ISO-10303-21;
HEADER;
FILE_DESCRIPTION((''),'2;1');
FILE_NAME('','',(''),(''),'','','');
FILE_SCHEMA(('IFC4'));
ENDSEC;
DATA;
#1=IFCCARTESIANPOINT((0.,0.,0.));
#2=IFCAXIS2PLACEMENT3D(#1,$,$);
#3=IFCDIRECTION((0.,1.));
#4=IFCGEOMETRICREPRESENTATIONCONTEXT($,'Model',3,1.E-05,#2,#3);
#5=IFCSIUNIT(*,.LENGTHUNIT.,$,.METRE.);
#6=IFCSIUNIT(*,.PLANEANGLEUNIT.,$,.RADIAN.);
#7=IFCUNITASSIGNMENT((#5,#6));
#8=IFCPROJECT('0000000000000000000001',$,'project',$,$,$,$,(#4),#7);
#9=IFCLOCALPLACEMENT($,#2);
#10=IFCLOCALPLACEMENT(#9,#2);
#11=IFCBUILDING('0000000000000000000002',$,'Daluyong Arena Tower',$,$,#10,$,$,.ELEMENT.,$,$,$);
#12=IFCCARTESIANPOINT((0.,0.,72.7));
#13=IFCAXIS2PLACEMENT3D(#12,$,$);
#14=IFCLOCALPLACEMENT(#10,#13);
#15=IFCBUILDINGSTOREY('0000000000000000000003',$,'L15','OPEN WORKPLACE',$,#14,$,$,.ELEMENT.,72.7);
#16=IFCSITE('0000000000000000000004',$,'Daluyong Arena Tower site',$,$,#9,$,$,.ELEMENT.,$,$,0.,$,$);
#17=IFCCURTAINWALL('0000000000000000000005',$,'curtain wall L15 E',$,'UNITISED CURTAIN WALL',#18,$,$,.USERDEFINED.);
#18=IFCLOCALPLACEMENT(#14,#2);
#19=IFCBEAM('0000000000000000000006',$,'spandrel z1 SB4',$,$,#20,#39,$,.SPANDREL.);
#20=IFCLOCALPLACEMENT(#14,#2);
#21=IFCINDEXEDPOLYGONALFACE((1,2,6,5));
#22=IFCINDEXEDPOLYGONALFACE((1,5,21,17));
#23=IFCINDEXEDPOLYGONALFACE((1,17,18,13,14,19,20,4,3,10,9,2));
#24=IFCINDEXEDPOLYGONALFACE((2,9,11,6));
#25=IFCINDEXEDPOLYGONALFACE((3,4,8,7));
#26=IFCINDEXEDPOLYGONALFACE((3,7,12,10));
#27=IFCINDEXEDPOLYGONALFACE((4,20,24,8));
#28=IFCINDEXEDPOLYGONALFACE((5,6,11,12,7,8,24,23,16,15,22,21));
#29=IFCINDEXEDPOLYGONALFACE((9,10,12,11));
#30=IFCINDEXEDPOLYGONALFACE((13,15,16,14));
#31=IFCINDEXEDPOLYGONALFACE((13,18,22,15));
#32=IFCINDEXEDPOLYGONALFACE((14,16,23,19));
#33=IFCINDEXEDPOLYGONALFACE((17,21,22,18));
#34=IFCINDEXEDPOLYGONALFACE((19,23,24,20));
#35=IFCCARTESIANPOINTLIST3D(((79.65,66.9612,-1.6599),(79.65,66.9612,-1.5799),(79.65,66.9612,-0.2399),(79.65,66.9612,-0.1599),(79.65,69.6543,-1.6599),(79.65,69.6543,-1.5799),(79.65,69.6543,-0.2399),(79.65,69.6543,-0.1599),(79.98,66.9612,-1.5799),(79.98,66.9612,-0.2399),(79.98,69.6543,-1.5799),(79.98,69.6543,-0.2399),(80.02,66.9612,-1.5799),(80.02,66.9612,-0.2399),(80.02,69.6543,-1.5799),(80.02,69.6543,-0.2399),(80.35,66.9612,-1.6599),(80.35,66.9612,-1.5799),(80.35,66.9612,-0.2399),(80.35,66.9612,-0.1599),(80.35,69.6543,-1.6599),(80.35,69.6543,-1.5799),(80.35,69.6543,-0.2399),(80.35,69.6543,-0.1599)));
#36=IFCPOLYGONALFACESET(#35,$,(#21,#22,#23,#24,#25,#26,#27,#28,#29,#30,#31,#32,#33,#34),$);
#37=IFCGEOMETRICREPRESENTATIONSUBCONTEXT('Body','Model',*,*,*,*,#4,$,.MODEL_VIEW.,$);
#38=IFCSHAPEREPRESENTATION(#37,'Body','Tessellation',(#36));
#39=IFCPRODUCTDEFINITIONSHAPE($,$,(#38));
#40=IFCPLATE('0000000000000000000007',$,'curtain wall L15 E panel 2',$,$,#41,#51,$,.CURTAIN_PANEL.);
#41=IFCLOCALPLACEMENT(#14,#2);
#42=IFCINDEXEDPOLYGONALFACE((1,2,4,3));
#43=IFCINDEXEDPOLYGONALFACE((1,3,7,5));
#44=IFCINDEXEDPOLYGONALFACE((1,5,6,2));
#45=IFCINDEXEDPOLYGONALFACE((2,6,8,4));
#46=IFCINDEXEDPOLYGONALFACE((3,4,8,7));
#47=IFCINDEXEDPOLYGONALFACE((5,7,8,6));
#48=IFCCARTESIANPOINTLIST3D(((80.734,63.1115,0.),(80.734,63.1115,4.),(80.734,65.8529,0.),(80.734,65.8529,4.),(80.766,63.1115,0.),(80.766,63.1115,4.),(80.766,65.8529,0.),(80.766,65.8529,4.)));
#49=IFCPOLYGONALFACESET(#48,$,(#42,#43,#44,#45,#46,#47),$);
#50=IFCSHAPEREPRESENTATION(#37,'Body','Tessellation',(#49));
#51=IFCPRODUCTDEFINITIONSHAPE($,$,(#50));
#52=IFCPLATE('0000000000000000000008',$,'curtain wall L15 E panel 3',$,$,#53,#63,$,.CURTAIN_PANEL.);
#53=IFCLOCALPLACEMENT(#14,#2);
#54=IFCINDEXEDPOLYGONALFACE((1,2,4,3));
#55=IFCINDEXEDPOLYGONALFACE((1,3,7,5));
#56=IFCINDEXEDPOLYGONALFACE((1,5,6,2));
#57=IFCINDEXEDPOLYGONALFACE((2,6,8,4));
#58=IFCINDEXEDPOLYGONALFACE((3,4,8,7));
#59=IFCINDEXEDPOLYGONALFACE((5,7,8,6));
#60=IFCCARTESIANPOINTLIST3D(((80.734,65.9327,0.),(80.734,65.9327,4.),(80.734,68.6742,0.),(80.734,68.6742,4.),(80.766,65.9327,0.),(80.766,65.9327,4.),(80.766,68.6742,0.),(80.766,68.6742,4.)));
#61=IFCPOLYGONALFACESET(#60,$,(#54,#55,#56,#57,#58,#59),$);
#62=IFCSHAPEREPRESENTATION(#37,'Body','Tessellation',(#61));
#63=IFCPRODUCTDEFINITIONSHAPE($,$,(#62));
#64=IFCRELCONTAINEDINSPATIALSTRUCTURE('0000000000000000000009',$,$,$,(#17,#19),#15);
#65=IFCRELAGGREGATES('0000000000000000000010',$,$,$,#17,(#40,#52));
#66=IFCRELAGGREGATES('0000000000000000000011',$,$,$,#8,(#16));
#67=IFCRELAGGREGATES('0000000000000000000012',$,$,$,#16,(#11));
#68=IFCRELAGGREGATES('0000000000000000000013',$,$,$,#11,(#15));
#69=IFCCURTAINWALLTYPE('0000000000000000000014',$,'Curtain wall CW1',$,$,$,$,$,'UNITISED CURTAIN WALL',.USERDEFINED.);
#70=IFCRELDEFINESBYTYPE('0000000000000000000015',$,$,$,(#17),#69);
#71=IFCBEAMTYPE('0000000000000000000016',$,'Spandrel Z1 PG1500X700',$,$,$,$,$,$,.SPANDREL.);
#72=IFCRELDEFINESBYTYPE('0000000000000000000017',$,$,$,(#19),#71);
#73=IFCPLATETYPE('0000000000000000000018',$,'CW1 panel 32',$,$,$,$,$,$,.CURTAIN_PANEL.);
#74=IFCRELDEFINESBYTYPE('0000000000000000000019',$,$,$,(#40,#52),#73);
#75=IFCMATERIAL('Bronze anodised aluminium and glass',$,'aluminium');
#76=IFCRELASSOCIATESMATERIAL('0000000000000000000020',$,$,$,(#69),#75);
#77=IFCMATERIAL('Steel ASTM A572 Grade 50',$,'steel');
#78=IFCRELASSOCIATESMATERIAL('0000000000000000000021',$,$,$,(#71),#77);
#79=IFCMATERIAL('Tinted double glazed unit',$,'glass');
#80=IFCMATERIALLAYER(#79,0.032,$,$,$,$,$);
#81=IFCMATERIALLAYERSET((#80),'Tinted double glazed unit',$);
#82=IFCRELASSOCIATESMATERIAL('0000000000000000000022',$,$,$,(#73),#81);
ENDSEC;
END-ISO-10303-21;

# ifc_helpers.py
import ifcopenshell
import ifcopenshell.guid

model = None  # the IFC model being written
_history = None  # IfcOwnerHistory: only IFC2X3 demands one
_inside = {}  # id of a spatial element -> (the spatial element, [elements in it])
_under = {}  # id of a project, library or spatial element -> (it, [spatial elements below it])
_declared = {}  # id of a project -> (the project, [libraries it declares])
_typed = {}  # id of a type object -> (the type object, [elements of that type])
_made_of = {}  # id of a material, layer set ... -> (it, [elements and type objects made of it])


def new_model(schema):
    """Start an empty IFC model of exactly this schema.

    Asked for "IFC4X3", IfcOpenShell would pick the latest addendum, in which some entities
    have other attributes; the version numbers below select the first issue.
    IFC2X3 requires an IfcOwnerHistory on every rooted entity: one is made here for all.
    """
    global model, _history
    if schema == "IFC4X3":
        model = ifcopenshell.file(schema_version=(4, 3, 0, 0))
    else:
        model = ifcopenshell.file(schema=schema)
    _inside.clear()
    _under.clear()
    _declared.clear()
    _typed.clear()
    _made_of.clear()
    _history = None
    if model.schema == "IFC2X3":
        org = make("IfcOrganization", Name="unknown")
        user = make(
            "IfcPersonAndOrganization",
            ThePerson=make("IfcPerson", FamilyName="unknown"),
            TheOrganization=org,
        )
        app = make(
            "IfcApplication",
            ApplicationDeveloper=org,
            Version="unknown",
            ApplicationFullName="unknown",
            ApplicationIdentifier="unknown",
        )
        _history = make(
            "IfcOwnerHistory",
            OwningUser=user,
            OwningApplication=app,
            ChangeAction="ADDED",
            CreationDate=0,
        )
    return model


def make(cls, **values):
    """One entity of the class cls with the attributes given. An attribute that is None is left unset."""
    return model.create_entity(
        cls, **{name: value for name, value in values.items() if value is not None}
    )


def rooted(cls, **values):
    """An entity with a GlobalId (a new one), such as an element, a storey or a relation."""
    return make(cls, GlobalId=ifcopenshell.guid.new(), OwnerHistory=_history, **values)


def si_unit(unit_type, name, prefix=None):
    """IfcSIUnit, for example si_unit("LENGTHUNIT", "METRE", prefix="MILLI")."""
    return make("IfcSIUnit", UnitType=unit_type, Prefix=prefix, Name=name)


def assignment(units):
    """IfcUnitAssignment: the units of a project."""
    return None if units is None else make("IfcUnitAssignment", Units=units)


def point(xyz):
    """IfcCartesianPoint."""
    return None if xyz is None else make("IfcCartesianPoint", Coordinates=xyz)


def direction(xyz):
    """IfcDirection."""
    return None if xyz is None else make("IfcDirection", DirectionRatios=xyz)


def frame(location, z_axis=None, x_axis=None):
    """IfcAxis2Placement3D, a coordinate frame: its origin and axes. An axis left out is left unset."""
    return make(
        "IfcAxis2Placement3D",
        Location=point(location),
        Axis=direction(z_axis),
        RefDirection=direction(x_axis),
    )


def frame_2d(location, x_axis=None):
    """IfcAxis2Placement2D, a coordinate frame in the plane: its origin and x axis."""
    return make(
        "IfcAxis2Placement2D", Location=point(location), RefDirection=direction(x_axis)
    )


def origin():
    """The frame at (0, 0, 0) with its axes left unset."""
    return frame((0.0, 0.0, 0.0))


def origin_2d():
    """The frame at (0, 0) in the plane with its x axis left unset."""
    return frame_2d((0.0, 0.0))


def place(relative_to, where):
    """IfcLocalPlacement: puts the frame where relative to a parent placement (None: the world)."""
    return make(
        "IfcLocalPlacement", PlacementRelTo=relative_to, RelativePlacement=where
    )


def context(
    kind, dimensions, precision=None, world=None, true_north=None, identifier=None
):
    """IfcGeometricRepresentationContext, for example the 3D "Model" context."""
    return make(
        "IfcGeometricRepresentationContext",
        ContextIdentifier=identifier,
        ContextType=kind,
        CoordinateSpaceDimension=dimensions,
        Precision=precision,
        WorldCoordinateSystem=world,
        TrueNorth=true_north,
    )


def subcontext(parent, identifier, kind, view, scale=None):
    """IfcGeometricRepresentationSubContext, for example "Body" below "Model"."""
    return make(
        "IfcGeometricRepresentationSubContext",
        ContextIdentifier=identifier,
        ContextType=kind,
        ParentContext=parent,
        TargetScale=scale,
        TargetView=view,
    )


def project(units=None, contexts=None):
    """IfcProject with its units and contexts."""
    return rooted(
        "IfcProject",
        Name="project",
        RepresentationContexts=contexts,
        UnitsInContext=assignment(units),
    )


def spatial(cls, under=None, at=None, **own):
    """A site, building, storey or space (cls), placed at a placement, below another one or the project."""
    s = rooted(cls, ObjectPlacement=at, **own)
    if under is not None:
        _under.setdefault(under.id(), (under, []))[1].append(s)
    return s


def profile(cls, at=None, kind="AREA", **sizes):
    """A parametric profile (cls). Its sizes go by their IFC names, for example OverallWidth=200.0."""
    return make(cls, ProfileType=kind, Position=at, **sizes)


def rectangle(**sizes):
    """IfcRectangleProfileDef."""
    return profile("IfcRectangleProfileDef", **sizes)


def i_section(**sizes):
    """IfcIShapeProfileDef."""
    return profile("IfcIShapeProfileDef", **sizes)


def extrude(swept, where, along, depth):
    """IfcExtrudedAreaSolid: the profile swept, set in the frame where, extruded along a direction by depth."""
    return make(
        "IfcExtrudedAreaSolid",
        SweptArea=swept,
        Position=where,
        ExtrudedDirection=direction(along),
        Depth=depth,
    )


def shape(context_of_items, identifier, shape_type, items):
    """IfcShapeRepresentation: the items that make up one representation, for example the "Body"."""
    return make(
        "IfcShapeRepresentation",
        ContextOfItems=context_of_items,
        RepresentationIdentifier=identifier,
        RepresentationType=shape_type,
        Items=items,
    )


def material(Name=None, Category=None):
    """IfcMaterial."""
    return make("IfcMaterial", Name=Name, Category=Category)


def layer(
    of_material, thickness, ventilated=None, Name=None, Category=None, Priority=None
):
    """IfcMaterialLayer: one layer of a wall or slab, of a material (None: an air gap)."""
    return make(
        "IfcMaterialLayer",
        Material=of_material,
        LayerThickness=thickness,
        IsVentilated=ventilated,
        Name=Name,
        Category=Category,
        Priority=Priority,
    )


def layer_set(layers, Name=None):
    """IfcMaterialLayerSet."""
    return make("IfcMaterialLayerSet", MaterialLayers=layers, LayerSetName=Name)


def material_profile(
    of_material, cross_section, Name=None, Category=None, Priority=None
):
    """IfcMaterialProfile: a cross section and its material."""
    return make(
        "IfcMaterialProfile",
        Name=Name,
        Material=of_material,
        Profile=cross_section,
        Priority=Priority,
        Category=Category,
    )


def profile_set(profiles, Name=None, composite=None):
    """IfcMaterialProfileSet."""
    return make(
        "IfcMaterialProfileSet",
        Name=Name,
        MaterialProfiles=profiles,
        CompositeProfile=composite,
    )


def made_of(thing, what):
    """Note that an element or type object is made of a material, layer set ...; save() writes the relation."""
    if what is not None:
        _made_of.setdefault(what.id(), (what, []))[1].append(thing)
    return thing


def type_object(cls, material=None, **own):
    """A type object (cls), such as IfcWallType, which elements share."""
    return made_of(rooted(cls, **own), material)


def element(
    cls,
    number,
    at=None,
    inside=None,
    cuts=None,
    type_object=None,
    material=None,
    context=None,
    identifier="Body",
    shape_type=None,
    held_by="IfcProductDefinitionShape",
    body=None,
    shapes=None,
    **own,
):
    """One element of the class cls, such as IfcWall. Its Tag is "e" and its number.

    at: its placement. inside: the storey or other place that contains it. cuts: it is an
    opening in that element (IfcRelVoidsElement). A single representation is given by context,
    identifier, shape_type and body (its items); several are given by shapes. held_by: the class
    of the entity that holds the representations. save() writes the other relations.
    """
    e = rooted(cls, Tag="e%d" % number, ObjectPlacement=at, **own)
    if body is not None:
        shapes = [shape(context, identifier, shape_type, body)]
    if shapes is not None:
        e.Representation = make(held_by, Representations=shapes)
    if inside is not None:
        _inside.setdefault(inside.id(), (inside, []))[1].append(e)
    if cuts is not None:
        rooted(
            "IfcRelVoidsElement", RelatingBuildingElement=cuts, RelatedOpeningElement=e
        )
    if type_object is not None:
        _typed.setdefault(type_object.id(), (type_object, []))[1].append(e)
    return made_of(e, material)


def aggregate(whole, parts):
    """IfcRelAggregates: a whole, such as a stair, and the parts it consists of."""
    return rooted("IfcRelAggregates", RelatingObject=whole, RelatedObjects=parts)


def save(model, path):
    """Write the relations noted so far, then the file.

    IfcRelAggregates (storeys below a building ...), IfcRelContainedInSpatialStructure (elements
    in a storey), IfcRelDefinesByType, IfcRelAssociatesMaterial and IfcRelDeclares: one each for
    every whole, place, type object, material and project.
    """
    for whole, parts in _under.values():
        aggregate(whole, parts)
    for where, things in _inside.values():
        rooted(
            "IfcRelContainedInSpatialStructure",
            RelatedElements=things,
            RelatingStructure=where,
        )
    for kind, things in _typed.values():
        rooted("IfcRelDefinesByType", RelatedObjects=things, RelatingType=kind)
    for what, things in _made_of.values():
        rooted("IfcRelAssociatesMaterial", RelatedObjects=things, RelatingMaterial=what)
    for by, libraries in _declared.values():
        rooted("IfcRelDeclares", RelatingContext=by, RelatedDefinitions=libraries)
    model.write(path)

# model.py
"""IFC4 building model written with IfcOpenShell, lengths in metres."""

from ifc_helpers import new_model, si_unit, direction, frame, origin, origin_2d, place, context, subcontext, project, spatial, rectangle, i_section, extrude, material, layer, layer_set, material_profile, profile_set, type_object, element, aggregate, save


model = new_model("IFC4")

# Units and contexts
model_context = context("Model", 3, precision=1e-05, world=origin(), true_north=direction((0.0, 1.0)))
body_context = subcontext(model_context, "Body", "Model", "MODEL_VIEW")
ifc_project = project(units=[si_unit("LENGTHUNIT", "METRE"), si_unit("PLANEANGLEUNIT", "RADIAN")], contexts=[model_context])

# Site, building, storey
site_placement = place(None, origin())
site = spatial("IfcSite", under=ifc_project, at=site_placement, Name="Daluyong Arena Tower site", CompositionType="ELEMENT", RefElevation=0.0)
building_placement = place(site_placement, origin())
building = spatial("IfcBuilding", under=site, at=building_placement, Name="Daluyong Arena Tower", CompositionType="ELEMENT")
storey_placement = place(building_placement, frame((0.0, 0.0, 72.7)))
storey = spatial("IfcBuildingStorey", under=building, at=storey_placement, Name="L15", Description="OPEN WORKPLACE", CompositionType="ELEMENT", Elevation=72.7)

# Curtain wall
ifc_material_1 = material(Name="Bronze anodised aluminium and glass", Category="aluminium")
curtain_wall_type = type_object("IfcCurtainWallType", Name="Curtain wall CW1", ElementType="UNITISED CURTAIN WALL", PredefinedType="USERDEFINED", material=ifc_material_1)
curtain_wall_placement = place(storey_placement, origin())
curtain_wall = element("IfcCurtainWall", 1, at=curtain_wall_placement, inside=storey, type_object=curtain_wall_type, Name="curtain wall L15 E", ObjectType="UNITISED CURTAIN WALL", PredefinedType="USERDEFINED")

# Beam
ifc_material_2 = material(Name="Steel ASTM A572 Grade 50", Category="steel")
ifc_material_profile_1 = material_profile(ifc_material_2, i_section(OverallWidth=0.7, OverallDepth=1.5, WebThickness=0.04, FlangeThickness=0.08, at=origin_2d()))
ifc_profile_set_1 = profile_set([ifc_material_profile_1], Name="Steel ASTM A572 Grade 50")
beam_type_1 = type_object("IfcBeamType", Name="Spandrel Z1 PG1500X700", PredefinedType="SPANDREL", material=ifc_profile_set_1)
for number, where, z_axis, x_axis, name in (
    (2, (80.0, 66.9612, -0.9099), (0.0, 1.0, 0.0), (-1.0, 0.0, 0.0), "spandrel z1 SB4"),
):
    element("IfcBeam", number, at=place(storey_placement, frame(where, z_axis=z_axis, x_axis=x_axis)), inside=storey, type_object=beam_type_1, Name=name, PredefinedType="SPANDREL", context=body_context, shape_type="SweptSolid", body=[
        extrude(i_section(OverallWidth=0.7, OverallDepth=1.5, WebThickness=0.04, FlangeThickness=0.08, at=origin_2d()), origin(), (0.0, 0.0, 1.0), 2.6931),
    ])

# Plates
ifc_material_3 = material(Name="Tinted double glazed unit", Category="glass")
ifc_layer_1 = layer(ifc_material_3, 0.032)
ifc_layer_set_1 = layer_set([ifc_layer_1], Name="Tinted double glazed unit")
plate_type = type_object("IfcPlateType", Name="CW1 panel 32", PredefinedType="CURTAIN_PANEL", material=ifc_layer_set_1)
plate_1_placement = place(storey_placement, frame((80.75, 64.4822, 0.0), z_axis=(0.0, 0.0, 1.0), x_axis=(0.0, 1.0, 0.0)))
plate_1 = element("IfcPlate", 3, at=plate_1_placement, type_object=plate_type, Name="curtain wall L15 E panel 2", PredefinedType="CURTAIN_PANEL", context=body_context, shape_type="SweptSolid", body=[
    extrude(rectangle(XDim=2.7415, YDim=0.032, at=origin_2d()), origin(), (0.0, 0.0, 1.0), 4.0),
])
plate_2_placement = place(storey_placement, frame((80.75, 67.3035, 0.0), z_axis=(0.0, 0.0, 1.0), x_axis=(0.0, 1.0, 0.0)))
plate_2 = element("IfcPlate", 4, at=plate_2_placement, type_object=plate_type, Name="curtain wall L15 E panel 3", PredefinedType="CURTAIN_PANEL", context=body_context, shape_type="SweptSolid", body=[
    extrude(rectangle(XDim=2.7415, YDim=0.032, at=origin_2d()), origin(), (0.0, 0.0, 1.0), 4.0),
])
aggregate(curtain_wall, [plate_1, plate_2])

save(model, "model.ifc")
